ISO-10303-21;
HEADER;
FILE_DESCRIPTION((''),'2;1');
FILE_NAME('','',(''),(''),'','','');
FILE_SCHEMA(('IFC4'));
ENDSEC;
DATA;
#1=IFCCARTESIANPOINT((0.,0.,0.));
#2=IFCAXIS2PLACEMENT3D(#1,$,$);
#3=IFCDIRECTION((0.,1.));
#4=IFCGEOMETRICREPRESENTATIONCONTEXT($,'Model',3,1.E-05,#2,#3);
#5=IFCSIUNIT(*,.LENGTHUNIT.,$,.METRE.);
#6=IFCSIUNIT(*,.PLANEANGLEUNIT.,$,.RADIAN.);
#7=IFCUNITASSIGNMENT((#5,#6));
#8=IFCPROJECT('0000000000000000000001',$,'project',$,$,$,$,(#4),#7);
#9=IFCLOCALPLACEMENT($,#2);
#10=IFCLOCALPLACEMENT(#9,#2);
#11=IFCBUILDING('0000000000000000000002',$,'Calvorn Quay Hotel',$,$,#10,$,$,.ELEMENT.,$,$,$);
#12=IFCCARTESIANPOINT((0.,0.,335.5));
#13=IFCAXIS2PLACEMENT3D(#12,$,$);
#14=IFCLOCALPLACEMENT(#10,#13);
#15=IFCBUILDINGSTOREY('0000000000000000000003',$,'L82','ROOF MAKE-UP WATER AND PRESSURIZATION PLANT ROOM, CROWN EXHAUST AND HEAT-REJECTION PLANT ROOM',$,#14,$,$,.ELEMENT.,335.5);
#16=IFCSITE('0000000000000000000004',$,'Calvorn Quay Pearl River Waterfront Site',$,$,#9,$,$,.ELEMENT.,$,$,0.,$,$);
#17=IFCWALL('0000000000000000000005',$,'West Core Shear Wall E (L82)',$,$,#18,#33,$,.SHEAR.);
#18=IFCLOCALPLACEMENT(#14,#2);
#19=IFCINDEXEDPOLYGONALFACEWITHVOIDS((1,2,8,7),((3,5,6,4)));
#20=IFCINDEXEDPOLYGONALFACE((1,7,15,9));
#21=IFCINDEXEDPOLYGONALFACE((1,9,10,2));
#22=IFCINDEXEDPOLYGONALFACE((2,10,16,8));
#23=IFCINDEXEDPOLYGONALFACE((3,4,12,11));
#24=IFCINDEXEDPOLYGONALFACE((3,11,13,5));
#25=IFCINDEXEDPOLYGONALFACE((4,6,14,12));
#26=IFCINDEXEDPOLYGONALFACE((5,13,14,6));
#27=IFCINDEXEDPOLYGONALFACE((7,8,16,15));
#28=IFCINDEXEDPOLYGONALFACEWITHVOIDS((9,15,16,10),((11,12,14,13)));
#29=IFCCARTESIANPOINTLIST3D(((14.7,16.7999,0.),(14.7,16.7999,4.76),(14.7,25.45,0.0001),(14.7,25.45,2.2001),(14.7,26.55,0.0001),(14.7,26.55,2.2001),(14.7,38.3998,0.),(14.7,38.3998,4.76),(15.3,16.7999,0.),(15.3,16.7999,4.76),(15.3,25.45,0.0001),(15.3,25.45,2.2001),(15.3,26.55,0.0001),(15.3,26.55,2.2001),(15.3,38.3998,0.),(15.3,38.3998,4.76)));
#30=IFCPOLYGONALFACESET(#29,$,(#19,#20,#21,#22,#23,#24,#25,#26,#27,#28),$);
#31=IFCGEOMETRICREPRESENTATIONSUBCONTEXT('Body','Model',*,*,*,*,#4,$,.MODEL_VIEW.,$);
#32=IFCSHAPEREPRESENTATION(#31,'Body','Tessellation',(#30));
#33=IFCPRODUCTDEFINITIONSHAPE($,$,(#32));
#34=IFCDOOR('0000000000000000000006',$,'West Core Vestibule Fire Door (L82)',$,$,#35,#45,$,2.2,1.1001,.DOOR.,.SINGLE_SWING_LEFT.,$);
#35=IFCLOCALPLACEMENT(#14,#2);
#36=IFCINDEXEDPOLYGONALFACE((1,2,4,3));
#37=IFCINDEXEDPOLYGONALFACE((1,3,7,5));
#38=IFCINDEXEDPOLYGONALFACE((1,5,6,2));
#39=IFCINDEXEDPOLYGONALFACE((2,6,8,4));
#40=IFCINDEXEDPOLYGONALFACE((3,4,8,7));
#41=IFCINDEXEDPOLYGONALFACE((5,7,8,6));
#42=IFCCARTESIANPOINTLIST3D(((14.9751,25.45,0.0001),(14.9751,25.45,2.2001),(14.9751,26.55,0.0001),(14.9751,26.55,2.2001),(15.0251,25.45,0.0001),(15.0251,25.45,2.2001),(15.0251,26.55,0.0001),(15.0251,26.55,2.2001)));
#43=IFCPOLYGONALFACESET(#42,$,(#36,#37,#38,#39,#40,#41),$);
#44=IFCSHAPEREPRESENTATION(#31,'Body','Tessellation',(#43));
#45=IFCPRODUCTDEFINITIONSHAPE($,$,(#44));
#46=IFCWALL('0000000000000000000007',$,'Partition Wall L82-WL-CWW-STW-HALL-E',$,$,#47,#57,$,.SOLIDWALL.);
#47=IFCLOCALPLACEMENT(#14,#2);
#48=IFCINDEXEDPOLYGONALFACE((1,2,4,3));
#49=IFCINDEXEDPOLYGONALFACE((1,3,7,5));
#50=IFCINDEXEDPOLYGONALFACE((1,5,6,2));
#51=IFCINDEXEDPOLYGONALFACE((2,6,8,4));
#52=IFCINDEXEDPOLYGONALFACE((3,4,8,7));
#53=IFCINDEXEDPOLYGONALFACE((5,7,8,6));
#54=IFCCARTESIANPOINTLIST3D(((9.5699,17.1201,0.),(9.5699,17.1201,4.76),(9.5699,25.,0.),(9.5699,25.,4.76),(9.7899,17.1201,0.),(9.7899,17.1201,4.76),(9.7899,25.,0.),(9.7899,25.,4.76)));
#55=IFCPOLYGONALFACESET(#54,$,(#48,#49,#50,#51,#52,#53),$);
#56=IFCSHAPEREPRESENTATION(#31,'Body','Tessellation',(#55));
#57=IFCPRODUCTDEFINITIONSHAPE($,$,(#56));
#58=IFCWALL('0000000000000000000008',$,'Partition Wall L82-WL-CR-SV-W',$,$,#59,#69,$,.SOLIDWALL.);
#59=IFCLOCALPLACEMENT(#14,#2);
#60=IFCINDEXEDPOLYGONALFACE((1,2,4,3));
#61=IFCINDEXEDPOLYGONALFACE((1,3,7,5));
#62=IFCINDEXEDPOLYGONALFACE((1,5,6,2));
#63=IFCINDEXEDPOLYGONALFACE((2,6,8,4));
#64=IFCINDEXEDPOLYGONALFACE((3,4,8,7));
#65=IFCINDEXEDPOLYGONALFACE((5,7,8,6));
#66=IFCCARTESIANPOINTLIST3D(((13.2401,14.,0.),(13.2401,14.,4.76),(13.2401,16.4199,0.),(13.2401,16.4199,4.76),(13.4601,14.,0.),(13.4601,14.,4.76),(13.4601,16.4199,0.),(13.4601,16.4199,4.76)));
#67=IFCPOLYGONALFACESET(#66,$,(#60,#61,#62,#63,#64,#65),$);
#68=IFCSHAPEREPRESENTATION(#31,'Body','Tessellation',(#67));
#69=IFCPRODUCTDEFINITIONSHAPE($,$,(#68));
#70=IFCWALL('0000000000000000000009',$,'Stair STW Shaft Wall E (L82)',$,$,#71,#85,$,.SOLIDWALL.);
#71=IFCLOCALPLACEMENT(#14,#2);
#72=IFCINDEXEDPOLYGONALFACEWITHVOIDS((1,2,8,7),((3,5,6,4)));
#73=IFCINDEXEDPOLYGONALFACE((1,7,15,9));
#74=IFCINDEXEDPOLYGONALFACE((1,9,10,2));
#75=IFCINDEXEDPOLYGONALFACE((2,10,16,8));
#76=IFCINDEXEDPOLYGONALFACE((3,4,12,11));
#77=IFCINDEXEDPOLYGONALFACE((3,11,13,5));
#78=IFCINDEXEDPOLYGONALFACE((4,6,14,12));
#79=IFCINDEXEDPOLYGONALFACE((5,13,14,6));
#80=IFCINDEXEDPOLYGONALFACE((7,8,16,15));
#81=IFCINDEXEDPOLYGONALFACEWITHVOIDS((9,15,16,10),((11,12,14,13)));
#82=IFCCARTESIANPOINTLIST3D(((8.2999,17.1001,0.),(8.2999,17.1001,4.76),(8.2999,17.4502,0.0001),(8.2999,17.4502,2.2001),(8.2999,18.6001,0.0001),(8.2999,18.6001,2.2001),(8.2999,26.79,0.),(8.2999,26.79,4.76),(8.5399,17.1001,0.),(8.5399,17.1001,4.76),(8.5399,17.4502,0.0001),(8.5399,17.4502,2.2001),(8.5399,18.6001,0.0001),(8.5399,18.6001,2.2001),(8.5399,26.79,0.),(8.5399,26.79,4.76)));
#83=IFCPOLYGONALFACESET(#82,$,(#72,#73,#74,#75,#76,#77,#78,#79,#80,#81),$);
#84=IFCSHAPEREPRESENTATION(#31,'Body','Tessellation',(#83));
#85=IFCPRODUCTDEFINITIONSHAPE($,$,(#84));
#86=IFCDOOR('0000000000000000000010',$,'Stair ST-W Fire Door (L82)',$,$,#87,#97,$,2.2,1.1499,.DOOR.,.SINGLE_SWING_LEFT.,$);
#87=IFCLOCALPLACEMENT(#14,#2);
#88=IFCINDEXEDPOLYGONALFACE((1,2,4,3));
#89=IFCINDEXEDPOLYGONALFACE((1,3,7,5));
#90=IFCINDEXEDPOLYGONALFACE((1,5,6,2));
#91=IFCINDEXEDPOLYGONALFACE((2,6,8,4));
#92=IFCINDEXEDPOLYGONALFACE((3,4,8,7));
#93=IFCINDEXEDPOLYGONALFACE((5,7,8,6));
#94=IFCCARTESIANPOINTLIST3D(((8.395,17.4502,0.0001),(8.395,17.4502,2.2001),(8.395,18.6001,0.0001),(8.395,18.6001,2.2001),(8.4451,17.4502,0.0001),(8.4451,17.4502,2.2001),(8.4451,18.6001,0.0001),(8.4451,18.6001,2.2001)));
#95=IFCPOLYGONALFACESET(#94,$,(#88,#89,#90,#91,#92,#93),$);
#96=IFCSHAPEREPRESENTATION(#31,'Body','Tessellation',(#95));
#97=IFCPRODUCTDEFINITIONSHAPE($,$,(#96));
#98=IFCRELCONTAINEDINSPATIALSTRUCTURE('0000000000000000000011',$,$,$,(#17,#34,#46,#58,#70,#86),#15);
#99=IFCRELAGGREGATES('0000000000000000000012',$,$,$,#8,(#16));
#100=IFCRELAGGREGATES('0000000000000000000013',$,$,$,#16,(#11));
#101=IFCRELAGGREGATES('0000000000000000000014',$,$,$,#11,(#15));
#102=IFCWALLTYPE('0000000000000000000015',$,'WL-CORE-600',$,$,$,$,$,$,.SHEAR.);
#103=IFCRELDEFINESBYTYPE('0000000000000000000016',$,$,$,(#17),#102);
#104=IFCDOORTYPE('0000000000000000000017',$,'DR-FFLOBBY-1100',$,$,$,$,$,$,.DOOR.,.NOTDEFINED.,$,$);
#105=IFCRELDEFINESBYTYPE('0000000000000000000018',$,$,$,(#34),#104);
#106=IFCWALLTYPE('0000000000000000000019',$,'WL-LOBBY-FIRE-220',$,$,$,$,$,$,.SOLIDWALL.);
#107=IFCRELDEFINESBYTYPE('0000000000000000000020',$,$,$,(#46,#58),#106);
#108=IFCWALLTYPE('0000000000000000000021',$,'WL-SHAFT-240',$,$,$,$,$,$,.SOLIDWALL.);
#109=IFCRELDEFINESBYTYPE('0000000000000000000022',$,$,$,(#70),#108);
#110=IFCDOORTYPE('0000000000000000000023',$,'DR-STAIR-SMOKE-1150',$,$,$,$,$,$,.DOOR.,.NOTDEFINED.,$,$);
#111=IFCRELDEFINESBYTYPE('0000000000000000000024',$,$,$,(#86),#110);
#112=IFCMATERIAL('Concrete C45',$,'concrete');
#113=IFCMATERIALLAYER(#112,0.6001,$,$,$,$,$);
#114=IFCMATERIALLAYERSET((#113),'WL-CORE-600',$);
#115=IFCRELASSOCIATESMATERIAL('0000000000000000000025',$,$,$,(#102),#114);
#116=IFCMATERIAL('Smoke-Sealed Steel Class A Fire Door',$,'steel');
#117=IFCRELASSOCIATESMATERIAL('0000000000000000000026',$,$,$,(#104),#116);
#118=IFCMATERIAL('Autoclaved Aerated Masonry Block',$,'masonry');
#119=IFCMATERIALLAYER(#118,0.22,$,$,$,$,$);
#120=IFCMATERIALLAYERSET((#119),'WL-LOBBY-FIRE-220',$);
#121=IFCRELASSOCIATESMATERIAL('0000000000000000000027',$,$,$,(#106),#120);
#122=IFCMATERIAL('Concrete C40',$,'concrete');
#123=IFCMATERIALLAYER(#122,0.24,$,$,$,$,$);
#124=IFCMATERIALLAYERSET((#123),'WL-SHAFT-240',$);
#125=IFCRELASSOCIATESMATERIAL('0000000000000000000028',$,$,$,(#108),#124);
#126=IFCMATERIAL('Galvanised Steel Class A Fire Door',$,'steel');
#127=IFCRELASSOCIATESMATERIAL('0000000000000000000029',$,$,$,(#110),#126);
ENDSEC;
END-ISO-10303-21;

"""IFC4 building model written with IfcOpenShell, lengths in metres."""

from ifc_helpers import new_model, si_unit, direction, frame, frame_2d, origin, place, context, subcontext, project, spatial, rectangle, extrude, material, layer, layer_set, type_object, element, fill, save


model = new_model("IFC4")

# Units and contexts
model_context = context("Model", 3, precision=1e-05, world=origin(), true_north=direction((0.0, 1.0)))
body_context = subcontext(model_context, "Body", "Model", "MODEL_VIEW")
ifc_project = project(units=[si_unit("LENGTHUNIT", "METRE"), si_unit("PLANEANGLEUNIT", "RADIAN")], contexts=[model_context])

# Site, building, storey
site_placement = place(None, origin())
site = spatial("IfcSite", under=ifc_project, at=site_placement, Name="Calvorn Quay Pearl River Waterfront Site", CompositionType="ELEMENT", RefElevation=0.0)
building_placement = place(site_placement, origin())
building = spatial("IfcBuilding", under=site, at=building_placement, Name="Calvorn Quay Hotel", CompositionType="ELEMENT")
storey_placement = place(building_placement, frame((0.0, 0.0, 335.5)))
storey = spatial("IfcBuildingStorey", under=building, at=storey_placement, Name="L82", Description="ROOF MAKE-UP WATER AND PRESSURIZATION PLANT ROOM, CROWN EXHAUST AND HEAT-REJECTION PLANT ROOM", CompositionType="ELEMENT", Elevation=335.5)

# Wall, opening, door
ifc_material_1 = material(Name="Concrete C45", Category="concrete")
ifc_layer_1 = layer(ifc_material_1, 0.6001)
ifc_layer_set_1 = layer_set([ifc_layer_1], Name="WL-CORE-600")
wall_type_1 = type_object("IfcWallType", Name="WL-CORE-600", PredefinedType="SHEAR", material=ifc_layer_set_1)
wall_1_placement = place(storey_placement, frame((15.0, 16.8, 0.0), z_axis=(0.0, 0.0, 1.0), x_axis=(0.0, 1.0, 0.0)))
wall_1 = element("IfcWall", 1, at=wall_1_placement, inside=storey, type_object=wall_type_1, Name="West Core Shear Wall E (L82)", PredefinedType="SHEAR", context=body_context, shape_type="SweptSolid", body=[
    extrude(rectangle(XDim=21.5999, YDim=0.6001, at=frame_2d((10.7998, 0.0))), origin(), (0.0, 0.0, 1.0), 4.76),
])
opening_1_placement = place(wall_1_placement, frame((8.6499, 0.0, 0.0)))
opening_1 = element("IfcOpeningElement", 2, at=opening_1_placement, cuts=wall_1, PredefinedType="OPENING", context=body_context, shape_type="SweptSolid", body=[
    extrude(rectangle(XDim=1.1001, YDim=2.2, at=frame_2d((0.55, 1.1001))), frame((0.0, 0.3101, 0.0), z_axis=(0.0, -1.0, 0.0), x_axis=(1.0, 0.0, 0.0)), (0.0, 0.0, 1.0), 0.6201),
])
ifc_material_2 = material(Name="Smoke-Sealed Steel Class A Fire Door", Category="steel")
door_type_1 = type_object("IfcDoorType", Name="DR-FFLOBBY-1100", OperationType="NOTDEFINED", PredefinedType="DOOR", material=ifc_material_2)
door_1_placement = place(opening_1_placement, origin())
door_1 = element("IfcDoor", 3, at=door_1_placement, inside=storey, type_object=door_type_1, Name="West Core Vestibule Fire Door (L82)", OperationType="SINGLE_SWING_LEFT", OverallHeight=2.2, OverallWidth=1.1001, PredefinedType="DOOR", context=body_context, shape_type="SweptSolid", body=[
    extrude(rectangle(XDim=1.1001, YDim=2.2, at=frame_2d((0.55, 1.1001))), frame((0.0, 0.0249, 0.0), z_axis=(0.0, -1.0, 0.0), x_axis=(1.0, 0.0, 0.0)), (0.0, 0.0, 1.0), 0.05),
])
fill(opening_1, door_1)

# Walls
ifc_material_3 = material(Name="Autoclaved Aerated Masonry Block", Category="masonry")
ifc_layer_2 = layer(ifc_material_3, 0.22)
ifc_layer_set_2 = layer_set([ifc_layer_2], Name="WL-LOBBY-FIRE-220")
wall_type_2 = type_object("IfcWallType", Name="WL-LOBBY-FIRE-220", PredefinedType="SOLIDWALL", material=ifc_layer_set_2)
wall_2_placement = place(storey_placement, frame((9.6799, 17.1201, 0.0), z_axis=(0.0, 0.0, 1.0), x_axis=(0.0, 1.0, 0.0)))
element("IfcWall", 4, at=wall_2_placement, inside=storey, type_object=wall_type_2, Name="Partition Wall L82-WL-CWW-STW-HALL-E", PredefinedType="SOLIDWALL", context=body_context, shape_type="SweptSolid", body=[
    extrude(rectangle(XDim=7.8799, YDim=0.22, at=frame_2d((3.9399, 0.0))), origin(), (0.0, 0.0, 1.0), 4.76),
])
wall_3_placement = place(storey_placement, frame((13.3501, 14.0, 0.0), z_axis=(0.0, 0.0, 1.0), x_axis=(0.0, 1.0, 0.0)))
element("IfcWall", 5, at=wall_3_placement, inside=storey, type_object=wall_type_2, Name="Partition Wall L82-WL-CR-SV-W", PredefinedType="SOLIDWALL", context=body_context, shape_type="SweptSolid", body=[
    extrude(rectangle(XDim=2.4199, YDim=0.22, at=frame_2d((1.21, 0.0))), origin(), (0.0, 0.0, 1.0), 4.76),
])

# Wall, opening, door
ifc_material_4 = material(Name="Concrete C40", Category="concrete")
ifc_layer_3 = layer(ifc_material_4, 0.24)
ifc_layer_set_3 = layer_set([ifc_layer_3], Name="WL-SHAFT-240")
wall_type_3 = type_object("IfcWallType", Name="WL-SHAFT-240", PredefinedType="SOLIDWALL", material=ifc_layer_set_3)
wall_4_placement = place(storey_placement, frame((8.4199, 17.1001, 0.0), z_axis=(0.0, 0.0, 1.0), x_axis=(0.0, 1.0, 0.0)))
wall_4 = element("IfcWall", 6, at=wall_4_placement, inside=storey, type_object=wall_type_3, Name="Stair STW Shaft Wall E (L82)", PredefinedType="SOLIDWALL", context=body_context, shape_type="SweptSolid", body=[
    extrude(rectangle(XDim=9.6899, YDim=0.24, at=frame_2d((4.845, 0.0))), origin(), (0.0, 0.0, 1.0), 4.76),
])
opening_2_placement = place(wall_4_placement, frame((0.3501, 0.0, 0.0)))
opening_2 = element("IfcOpeningElement", 7, at=opening_2_placement, cuts=wall_4, PredefinedType="OPENING", context=body_context, shape_type="SweptSolid", body=[
    extrude(rectangle(XDim=1.1499, YDim=2.2, at=frame_2d((0.575, 1.1001))), frame((0.0, 0.1299, 0.0), z_axis=(0.0, -1.0, 0.0), x_axis=(1.0, 0.0, 0.0)), (0.0, 0.0, 1.0), 0.26),
])
ifc_material_5 = material(Name="Galvanised Steel Class A Fire Door", Category="steel")
door_type_2 = type_object("IfcDoorType", Name="DR-STAIR-SMOKE-1150", OperationType="NOTDEFINED", PredefinedType="DOOR", material=ifc_material_5)
door_2_placement = place(opening_2_placement, origin())
door_2 = element("IfcDoor", 8, at=door_2_placement, inside=storey, type_object=door_type_2, Name="Stair ST-W Fire Door (L82)", OperationType="SINGLE_SWING_LEFT", OverallHeight=2.2, OverallWidth=1.1499, PredefinedType="DOOR", context=body_context, shape_type="SweptSolid", body=[
    extrude(rectangle(XDim=1.1499, YDim=2.2, at=frame_2d((0.575, 1.1001))), frame((0.0, 0.0249, 0.0), z_axis=(0.0, -1.0, 0.0), x_axis=(1.0, 0.0, 0.0)), (0.0, 0.0, 1.0), 0.05),
])
fill(opening_2, door_2)

save(model, "model.ifc")
